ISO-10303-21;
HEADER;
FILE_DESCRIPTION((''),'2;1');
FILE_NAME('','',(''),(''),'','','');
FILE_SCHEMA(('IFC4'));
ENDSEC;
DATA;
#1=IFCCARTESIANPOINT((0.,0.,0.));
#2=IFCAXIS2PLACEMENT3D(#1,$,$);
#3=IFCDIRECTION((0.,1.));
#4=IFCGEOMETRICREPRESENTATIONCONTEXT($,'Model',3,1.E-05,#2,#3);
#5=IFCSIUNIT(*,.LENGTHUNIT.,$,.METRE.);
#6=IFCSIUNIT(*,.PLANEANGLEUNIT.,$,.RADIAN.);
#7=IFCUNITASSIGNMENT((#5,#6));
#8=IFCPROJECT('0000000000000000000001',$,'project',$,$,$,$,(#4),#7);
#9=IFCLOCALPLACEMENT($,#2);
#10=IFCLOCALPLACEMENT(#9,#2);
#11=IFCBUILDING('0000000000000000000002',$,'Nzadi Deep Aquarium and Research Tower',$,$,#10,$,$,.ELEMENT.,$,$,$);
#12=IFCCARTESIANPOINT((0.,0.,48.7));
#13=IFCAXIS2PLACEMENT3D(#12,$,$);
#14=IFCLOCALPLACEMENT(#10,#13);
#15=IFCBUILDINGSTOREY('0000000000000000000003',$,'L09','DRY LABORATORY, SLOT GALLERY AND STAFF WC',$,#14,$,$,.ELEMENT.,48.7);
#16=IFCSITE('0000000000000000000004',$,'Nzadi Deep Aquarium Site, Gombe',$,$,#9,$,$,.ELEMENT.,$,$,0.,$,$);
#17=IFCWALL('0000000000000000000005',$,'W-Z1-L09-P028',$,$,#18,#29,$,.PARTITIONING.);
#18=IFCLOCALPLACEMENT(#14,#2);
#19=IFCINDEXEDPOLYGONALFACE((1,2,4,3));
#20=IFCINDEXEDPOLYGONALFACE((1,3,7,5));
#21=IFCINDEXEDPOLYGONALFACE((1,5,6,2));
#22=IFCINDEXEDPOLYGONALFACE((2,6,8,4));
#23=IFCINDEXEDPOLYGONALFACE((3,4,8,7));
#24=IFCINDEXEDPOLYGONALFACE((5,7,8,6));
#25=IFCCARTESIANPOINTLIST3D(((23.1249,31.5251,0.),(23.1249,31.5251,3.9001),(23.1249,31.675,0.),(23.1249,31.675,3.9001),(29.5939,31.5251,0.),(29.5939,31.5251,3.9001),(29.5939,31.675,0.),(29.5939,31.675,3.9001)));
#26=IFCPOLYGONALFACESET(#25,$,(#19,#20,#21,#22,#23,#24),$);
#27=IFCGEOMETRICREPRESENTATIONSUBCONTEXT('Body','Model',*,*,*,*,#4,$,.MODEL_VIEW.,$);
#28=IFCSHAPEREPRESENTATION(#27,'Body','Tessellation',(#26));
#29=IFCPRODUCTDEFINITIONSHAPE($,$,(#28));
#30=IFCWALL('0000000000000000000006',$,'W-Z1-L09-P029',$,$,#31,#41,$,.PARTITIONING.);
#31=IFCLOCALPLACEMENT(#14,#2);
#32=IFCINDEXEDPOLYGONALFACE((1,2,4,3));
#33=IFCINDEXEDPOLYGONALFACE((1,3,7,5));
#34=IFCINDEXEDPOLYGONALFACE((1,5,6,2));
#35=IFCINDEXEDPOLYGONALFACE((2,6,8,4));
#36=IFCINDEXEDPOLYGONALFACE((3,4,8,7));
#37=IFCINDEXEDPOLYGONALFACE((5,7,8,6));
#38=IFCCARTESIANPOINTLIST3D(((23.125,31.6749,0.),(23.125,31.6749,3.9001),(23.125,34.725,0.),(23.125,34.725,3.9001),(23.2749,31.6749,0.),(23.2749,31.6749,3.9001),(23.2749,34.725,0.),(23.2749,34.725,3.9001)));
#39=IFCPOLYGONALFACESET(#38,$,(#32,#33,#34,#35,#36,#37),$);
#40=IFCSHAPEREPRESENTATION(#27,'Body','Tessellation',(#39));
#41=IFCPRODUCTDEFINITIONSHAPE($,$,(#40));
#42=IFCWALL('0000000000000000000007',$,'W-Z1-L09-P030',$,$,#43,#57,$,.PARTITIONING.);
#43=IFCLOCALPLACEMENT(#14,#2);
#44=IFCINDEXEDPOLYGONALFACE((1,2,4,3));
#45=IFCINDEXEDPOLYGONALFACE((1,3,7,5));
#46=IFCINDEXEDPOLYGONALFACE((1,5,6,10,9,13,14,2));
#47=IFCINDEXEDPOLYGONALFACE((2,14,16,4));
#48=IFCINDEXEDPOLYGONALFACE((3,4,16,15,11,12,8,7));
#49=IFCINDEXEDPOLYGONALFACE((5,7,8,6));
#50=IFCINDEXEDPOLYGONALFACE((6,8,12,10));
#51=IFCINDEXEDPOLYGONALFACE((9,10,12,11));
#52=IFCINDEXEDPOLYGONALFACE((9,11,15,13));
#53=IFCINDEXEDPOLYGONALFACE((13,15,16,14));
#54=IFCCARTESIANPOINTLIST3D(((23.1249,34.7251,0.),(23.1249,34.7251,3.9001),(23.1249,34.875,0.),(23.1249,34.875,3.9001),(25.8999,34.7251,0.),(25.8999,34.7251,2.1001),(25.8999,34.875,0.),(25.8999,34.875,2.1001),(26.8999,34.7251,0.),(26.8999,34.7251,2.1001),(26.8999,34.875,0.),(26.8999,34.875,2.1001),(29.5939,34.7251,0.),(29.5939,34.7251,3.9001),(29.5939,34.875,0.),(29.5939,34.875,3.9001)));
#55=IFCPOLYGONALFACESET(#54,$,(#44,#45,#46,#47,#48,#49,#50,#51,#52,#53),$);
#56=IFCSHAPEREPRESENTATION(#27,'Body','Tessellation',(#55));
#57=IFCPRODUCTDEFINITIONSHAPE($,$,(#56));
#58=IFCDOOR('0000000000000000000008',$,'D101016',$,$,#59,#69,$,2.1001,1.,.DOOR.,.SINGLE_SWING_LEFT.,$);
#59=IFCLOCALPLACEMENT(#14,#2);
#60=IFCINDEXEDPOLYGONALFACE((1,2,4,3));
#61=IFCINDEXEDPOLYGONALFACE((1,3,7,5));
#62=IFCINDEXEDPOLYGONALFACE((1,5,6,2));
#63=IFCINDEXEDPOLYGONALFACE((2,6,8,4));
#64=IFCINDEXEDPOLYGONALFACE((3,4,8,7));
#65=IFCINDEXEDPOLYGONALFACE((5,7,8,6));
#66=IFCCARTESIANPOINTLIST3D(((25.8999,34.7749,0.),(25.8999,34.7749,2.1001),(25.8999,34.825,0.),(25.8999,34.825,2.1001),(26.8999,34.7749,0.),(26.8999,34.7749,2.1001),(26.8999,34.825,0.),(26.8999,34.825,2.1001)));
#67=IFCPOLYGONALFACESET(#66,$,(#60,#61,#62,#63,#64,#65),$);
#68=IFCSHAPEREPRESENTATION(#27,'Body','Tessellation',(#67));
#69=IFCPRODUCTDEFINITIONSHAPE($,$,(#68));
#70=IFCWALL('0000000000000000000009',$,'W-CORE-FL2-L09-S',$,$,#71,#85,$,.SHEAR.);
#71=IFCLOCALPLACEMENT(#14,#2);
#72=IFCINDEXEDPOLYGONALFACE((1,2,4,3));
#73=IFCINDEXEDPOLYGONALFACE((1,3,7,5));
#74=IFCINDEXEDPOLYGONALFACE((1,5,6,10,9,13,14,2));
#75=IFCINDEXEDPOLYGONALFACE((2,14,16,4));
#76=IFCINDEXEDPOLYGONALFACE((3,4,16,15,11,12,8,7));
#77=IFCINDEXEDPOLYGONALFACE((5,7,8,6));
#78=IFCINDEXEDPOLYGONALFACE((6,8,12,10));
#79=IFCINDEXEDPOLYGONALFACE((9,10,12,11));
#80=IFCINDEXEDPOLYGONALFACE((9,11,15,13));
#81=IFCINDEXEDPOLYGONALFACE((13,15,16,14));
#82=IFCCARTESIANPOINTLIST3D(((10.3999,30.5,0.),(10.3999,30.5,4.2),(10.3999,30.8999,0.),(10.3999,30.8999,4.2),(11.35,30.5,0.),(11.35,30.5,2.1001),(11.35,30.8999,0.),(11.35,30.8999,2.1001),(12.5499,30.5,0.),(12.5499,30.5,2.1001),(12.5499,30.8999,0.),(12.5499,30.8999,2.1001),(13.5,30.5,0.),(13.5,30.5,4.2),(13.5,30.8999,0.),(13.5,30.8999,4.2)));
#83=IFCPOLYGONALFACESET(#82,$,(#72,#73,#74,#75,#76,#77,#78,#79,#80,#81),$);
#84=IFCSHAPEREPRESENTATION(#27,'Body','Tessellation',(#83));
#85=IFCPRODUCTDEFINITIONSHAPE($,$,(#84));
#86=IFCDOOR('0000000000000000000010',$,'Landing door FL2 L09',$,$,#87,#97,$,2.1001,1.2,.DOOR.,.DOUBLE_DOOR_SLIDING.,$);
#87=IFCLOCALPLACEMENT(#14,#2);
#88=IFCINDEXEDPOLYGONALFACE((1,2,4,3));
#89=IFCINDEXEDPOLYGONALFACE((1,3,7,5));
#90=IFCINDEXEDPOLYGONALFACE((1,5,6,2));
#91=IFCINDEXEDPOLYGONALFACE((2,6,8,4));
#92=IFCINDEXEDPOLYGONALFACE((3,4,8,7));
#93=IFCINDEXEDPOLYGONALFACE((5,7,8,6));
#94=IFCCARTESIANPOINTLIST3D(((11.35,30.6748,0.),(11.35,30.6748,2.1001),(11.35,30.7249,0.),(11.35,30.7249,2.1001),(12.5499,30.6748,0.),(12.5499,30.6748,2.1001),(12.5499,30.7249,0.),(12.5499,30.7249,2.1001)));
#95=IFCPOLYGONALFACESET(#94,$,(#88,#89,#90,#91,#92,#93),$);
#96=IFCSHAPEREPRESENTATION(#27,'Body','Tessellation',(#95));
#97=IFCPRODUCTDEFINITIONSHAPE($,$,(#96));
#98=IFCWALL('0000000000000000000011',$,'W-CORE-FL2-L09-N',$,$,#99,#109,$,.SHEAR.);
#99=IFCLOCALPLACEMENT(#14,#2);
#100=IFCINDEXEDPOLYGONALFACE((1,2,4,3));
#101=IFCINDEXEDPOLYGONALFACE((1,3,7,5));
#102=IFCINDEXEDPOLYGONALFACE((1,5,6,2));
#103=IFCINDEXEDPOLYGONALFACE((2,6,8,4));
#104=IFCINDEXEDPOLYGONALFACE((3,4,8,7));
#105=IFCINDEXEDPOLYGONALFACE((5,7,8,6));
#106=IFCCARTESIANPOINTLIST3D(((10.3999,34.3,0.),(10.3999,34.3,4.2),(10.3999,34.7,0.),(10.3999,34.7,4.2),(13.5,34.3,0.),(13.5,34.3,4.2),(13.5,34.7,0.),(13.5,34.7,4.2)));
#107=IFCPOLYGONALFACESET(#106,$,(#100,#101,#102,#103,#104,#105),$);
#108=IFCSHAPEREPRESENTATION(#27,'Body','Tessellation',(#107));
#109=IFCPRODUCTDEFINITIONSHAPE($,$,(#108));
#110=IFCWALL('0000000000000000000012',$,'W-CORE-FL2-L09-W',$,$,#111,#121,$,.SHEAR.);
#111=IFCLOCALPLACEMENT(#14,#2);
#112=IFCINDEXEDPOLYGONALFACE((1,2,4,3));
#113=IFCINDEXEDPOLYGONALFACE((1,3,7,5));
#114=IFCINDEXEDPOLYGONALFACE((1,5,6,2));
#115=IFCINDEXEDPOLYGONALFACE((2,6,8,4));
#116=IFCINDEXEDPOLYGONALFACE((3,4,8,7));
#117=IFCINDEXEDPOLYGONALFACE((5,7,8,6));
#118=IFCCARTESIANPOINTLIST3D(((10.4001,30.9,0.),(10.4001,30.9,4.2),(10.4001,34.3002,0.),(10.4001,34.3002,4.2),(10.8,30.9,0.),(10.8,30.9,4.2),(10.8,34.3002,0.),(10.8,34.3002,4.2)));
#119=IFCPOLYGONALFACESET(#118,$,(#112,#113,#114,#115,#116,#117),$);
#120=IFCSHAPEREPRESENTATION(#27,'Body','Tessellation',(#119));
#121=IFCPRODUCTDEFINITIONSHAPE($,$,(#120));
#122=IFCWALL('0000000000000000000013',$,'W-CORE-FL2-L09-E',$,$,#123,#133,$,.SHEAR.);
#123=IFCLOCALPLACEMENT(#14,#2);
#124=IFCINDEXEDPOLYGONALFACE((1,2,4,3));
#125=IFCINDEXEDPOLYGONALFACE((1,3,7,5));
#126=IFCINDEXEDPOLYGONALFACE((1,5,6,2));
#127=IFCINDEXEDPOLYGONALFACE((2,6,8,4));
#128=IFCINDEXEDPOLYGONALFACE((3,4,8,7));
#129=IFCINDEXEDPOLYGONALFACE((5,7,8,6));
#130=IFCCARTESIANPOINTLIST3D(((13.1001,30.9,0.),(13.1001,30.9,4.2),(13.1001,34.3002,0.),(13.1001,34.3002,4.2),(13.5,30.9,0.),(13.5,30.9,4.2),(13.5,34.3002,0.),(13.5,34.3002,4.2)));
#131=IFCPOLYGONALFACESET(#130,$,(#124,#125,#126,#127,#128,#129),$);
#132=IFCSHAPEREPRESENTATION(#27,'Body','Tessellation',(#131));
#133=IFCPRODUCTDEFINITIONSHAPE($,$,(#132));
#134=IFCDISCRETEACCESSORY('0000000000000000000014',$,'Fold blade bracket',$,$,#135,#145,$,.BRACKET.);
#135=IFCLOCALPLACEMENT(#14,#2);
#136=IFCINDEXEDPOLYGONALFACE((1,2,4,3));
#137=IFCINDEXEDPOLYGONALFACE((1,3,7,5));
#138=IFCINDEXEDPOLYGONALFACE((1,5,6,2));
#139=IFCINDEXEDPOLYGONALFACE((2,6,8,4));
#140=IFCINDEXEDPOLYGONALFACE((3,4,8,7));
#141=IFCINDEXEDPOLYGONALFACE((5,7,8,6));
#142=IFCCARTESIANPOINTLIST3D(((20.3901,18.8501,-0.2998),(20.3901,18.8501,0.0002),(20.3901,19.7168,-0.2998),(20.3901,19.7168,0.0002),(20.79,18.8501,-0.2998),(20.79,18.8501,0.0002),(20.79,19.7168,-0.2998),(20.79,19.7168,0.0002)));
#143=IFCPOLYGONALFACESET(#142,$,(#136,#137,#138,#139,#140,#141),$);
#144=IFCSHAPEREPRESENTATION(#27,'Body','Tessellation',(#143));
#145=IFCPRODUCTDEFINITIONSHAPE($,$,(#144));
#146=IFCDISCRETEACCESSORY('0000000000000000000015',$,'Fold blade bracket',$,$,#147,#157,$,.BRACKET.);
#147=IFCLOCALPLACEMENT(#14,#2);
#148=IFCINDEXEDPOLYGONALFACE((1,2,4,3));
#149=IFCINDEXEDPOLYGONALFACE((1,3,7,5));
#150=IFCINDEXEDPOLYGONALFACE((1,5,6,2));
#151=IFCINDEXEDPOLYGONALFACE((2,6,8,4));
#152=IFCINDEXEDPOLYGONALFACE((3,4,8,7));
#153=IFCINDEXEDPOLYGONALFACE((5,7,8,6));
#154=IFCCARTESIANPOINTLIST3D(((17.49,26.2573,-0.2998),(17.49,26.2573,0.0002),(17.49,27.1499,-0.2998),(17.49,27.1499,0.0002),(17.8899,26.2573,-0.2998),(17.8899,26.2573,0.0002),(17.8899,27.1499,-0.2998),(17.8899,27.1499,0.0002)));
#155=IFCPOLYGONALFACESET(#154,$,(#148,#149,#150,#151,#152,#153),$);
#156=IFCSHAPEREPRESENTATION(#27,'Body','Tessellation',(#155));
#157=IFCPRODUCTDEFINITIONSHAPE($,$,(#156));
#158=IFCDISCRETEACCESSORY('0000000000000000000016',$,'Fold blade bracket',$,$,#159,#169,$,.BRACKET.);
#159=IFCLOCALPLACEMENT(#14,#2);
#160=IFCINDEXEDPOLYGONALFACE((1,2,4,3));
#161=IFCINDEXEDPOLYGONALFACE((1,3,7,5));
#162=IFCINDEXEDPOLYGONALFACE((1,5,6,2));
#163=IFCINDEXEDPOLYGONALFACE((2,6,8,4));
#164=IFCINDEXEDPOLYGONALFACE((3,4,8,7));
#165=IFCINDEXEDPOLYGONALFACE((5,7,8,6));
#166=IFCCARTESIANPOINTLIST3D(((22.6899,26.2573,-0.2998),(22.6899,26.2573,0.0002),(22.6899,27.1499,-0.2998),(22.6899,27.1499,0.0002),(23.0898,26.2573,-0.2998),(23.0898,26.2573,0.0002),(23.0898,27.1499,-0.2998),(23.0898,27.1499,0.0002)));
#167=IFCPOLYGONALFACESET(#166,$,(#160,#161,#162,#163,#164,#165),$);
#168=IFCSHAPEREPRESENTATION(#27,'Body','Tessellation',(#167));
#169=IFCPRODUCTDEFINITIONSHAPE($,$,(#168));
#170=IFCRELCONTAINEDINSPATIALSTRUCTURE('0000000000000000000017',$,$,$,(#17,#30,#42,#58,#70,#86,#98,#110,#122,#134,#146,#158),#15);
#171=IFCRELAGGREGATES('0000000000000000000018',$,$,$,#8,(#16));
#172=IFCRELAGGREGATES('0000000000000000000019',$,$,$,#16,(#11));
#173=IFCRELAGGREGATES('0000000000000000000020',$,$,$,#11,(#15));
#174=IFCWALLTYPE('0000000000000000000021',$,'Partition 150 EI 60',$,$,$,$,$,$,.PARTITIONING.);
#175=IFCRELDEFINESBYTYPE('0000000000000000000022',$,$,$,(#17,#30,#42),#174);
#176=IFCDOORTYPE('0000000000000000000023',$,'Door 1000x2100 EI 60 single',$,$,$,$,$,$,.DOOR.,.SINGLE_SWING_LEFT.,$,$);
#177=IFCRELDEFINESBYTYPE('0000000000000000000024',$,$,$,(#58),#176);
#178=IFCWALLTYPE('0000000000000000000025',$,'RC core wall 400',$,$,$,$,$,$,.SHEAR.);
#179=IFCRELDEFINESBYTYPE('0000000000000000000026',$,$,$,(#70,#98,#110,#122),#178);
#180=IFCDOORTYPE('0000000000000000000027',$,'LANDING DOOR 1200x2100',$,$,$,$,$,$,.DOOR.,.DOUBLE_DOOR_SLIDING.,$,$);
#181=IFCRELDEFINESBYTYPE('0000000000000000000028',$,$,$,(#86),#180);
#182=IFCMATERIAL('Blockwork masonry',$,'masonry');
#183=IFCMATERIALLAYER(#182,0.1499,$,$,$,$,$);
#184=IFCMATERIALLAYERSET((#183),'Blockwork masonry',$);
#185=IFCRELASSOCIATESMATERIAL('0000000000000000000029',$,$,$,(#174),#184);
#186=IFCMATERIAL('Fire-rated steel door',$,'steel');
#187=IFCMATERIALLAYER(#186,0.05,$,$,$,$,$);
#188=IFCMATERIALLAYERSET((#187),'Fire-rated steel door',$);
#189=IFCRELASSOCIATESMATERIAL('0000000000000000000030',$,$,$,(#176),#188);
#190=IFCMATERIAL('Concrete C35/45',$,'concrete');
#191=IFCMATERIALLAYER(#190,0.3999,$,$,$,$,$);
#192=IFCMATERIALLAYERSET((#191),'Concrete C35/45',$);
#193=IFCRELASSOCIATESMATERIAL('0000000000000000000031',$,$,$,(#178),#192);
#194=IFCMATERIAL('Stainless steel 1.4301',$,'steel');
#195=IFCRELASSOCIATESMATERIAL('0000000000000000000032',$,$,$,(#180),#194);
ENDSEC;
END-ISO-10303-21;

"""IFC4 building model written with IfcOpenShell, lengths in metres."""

from ifc_helpers import new_model, si_unit, direction, frame, frame_2d, origin, origin_2d, place, context, subcontext, project, spatial, rectangle, extrude, material, layer, layer_set, type_object, element, fill, save


model = new_model("IFC4")

# Units and contexts
model_context = context("Model", 3, precision=1e-05, world=origin(), true_north=direction((0.0, 1.0)))
body_context = subcontext(model_context, "Body", "Model", "MODEL_VIEW")
ifc_project = project(units=[si_unit("LENGTHUNIT", "METRE"), si_unit("PLANEANGLEUNIT", "RADIAN")], contexts=[model_context])

# Site, building, storey
site_placement = place(None, origin())
site = spatial("IfcSite", under=ifc_project, at=site_placement, Name="Nzadi Deep Aquarium Site, Gombe", CompositionType="ELEMENT", RefElevation=0.0)
building_placement = place(site_placement, origin())
building = spatial("IfcBuilding", under=site, at=building_placement, Name="Nzadi Deep Aquarium and Research Tower", CompositionType="ELEMENT")
storey_placement = place(building_placement, frame((0.0, 0.0, 48.7)))
storey = spatial("IfcBuildingStorey", under=building, at=storey_placement, Name="L09", Description="DRY LABORATORY, SLOT GALLERY AND STAFF WC", CompositionType="ELEMENT", Elevation=48.7)

# Shared definitions
ifc_material_1 = material(Name="Blockwork masonry", Category="masonry")
ifc_layer_1 = layer(ifc_material_1, 0.1499)
ifc_layer_set_1 = layer_set([ifc_layer_1], Name="Blockwork masonry")
wall_type_1 = type_object("IfcWallType", Name="Partition 150 EI 60", PredefinedType="PARTITIONING", material=ifc_layer_set_1)

# Walls
wall_1_placement = place(storey_placement, frame((23.125, 31.6001, 0.0), z_axis=(0.0, 0.0, 1.0), x_axis=(1.0, 0.0, 0.0)))
element("IfcWall", 1, at=wall_1_placement, inside=storey, type_object=wall_type_1, Name="W-Z1-L09-P028", PredefinedType="PARTITIONING", context=body_context, shape_type="SweptSolid", body=[
    extrude(rectangle(XDim=6.469, YDim=0.1499, at=frame_2d((3.2344, 0.0))), origin(), (0.0, 0.0, 1.0), 3.9001),
])
wall_2_placement = place(storey_placement, frame((23.2, 31.675, 0.0), z_axis=(0.0, 0.0, 1.0), x_axis=(0.0, 1.0, 0.0)))
element("IfcWall", 2, at=wall_2_placement, inside=storey, type_object=wall_type_1, Name="W-Z1-L09-P029", PredefinedType="PARTITIONING", context=body_context, shape_type="SweptSolid", body=[
    extrude(rectangle(XDim=3.05, YDim=0.1499, at=frame_2d((1.5249, 0.0))), origin(), (0.0, 0.0, 1.0), 3.9001),
])

# Walls, openings, doors
wall_3_placement = place(storey_placement, frame((23.125, 34.8, 0.0), z_axis=(0.0, 0.0, 1.0), x_axis=(1.0, 0.0, 0.0)))
wall_3 = element("IfcWall", 3, at=wall_3_placement, inside=storey, type_object=wall_type_1, Name="W-Z1-L09-P030", PredefinedType="PARTITIONING", context=body_context, shape_type="SweptSolid", body=[
    extrude(rectangle(XDim=6.469, YDim=0.1499, at=frame_2d((3.2344, 0.0))), origin(), (0.0, 0.0, 1.0), 3.9001),
])
opening_1_placement = place(wall_3_placement, frame((2.7749, 0.0, 0.0)))
opening_1 = element("IfcOpeningElement", 4, at=opening_1_placement, cuts=wall_3, PredefinedType="OPENING", context=body_context, shape_type="SweptSolid", body=[
    extrude(rectangle(XDim=1.0, YDim=2.1001, at=frame_2d((0.5, 1.05))), frame((0.0, 0.085, 0.0), z_axis=(0.0, -1.0, 0.0), x_axis=(1.0, 0.0, 0.0)), (0.0, 0.0, 1.0), 0.1699),
])
ifc_material_2 = material(Name="Fire-rated steel door", Category="steel")
ifc_layer_2 = layer(ifc_material_2, 0.05)
ifc_layer_set_2 = layer_set([ifc_layer_2], Name="Fire-rated steel door")
door_type_1 = type_object("IfcDoorType", Name="Door 1000x2100 EI 60 single", OperationType="SINGLE_SWING_LEFT", PredefinedType="DOOR", material=ifc_layer_set_2)
door_1_placement = place(opening_1_placement, origin())
door_1 = element("IfcDoor", 5, at=door_1_placement, inside=storey, type_object=door_type_1, Name="D101016", OperationType="SINGLE_SWING_LEFT", OverallHeight=2.1001, OverallWidth=1.0, PredefinedType="DOOR", context=body_context, shape_type="SweptSolid", body=[
    extrude(rectangle(XDim=1.0, YDim=2.1001, at=frame_2d((0.5, 1.05))), frame((0.0, 0.0249, 0.0), z_axis=(0.0, -1.0, 0.0), x_axis=(1.0, 0.0, 0.0)), (0.0, 0.0, 1.0), 0.05),
])
fill(opening_1, door_1)
ifc_material_3 = material(Name="Concrete C35/45", Category="concrete")
ifc_layer_3 = layer(ifc_material_3, 0.3999)
ifc_layer_set_3 = layer_set([ifc_layer_3], Name="Concrete C35/45")
wall_type_2 = type_object("IfcWallType", Name="RC core wall 400", PredefinedType="SHEAR", material=ifc_layer_set_3)
wall_4_placement = place(storey_placement, frame((10.3999, 30.7, 0.0), z_axis=(0.0, 0.0, 1.0), x_axis=(1.0, 0.0, 0.0)))
wall_4 = element("IfcWall", 6, at=wall_4_placement, inside=storey, type_object=wall_type_2, Name="W-CORE-FL2-L09-S", PredefinedType="SHEAR", context=body_context, shape_type="SweptSolid", body=[
    extrude(rectangle(XDim=3.1001, YDim=0.3999, at=frame_2d((1.55, 0.0))), origin(), (0.0, 0.0, 1.0), 4.2),
])
opening_2_placement = place(wall_4_placement, frame((0.95, 0.0, 0.0)))
opening_2 = element("IfcOpeningElement", 7, at=opening_2_placement, cuts=wall_4, PredefinedType="OPENING", context=body_context, shape_type="SweptSolid", body=[
    extrude(rectangle(XDim=1.2, YDim=2.1001, at=frame_2d((0.6001, 1.05))), frame((0.0, 0.21, 0.0), z_axis=(0.0, -1.0, 0.0), x_axis=(1.0, 0.0, 0.0)), (0.0, 0.0, 1.0), 0.4199),
])
ifc_material_4 = material(Name="Stainless steel 1.4301", Category="steel")
door_type_2 = type_object("IfcDoorType", Name="LANDING DOOR 1200x2100", OperationType="DOUBLE_DOOR_SLIDING", PredefinedType="DOOR", material=ifc_material_4)
door_2_placement = place(opening_2_placement, origin())
door_2 = element("IfcDoor", 8, at=door_2_placement, inside=storey, type_object=door_type_2, Name="Landing door FL2 L09", OperationType="DOUBLE_DOOR_SLIDING", OverallHeight=2.1001, OverallWidth=1.2, PredefinedType="DOOR", context=body_context, shape_type="SweptSolid", body=[
    extrude(rectangle(XDim=1.2, YDim=2.1001, at=frame_2d((0.6001, 1.05))), frame((0.0, 0.0249, 0.0), z_axis=(0.0, -1.0, 0.0), x_axis=(1.0, 0.0, 0.0)), (0.0, 0.0, 1.0), 0.05),
])
fill(opening_2, door_2)

# Walls
wall_5_placement = place(storey_placement, frame((10.3999, 34.5, 0.0), z_axis=(0.0, 0.0, 1.0), x_axis=(1.0, 0.0, 0.0)))
element("IfcWall", 9, at=wall_5_placement, inside=storey, type_object=wall_type_2, Name="W-CORE-FL2-L09-N", PredefinedType="SHEAR", context=body_context, shape_type="SweptSolid", body=[
    extrude(rectangle(XDim=3.1001, YDim=0.3999, at=frame_2d((1.55, 0.0))), origin(), (0.0, 0.0, 1.0), 4.2),
])
for number, where, z_axis, x_axis, name in (
    (10, (10.6001, 30.8999, 0.0), (0.0, 0.0, 1.0), (0.0, 1.0, 0.0), "W-CORE-FL2-L09-W"),
    (11, (13.3, 30.8999, 0.0), (0.0, 0.0, 1.0), (0.0, 1.0, 0.0), "W-CORE-FL2-L09-E"),
):
    element("IfcWall", number, at=place(storey_placement, frame(where, z_axis=z_axis, x_axis=x_axis)), inside=storey, type_object=wall_type_2, Name=name, PredefinedType="SHEAR", context=body_context, shape_type="SweptSolid", body=[
        extrude(rectangle(XDim=3.4001, YDim=0.3999, at=frame_2d((1.7002, 0.0))), origin(), (0.0, 0.0, 1.0), 4.2),
    ])

# Discrete accessories
discrete_accessory_placement = place(storey_placement, frame((20.5901, 19.2834, -0.2998), z_axis=(0.0, 0.0, 1.0), x_axis=(1.0, 0.0, 0.0)))
element("IfcDiscreteAccessory", 12, at=discrete_accessory_placement, inside=storey, Name="Fold blade bracket", PredefinedType="BRACKET", context=body_context, shape_type="SweptSolid", body=[
    extrude(rectangle(XDim=0.3999, YDim=0.8667, at=origin_2d()), origin(), (0.0, 0.0, 1.0), 0.3),
])
for number, where, z_axis, x_axis, name in (
    (13, (17.6899, 26.7036, -0.2998), (0.0, 0.0, 1.0), (1.0, 0.0, 0.0), "Fold blade bracket"),
    (14, (22.8899, 26.7036, -0.2998), (0.0, 0.0, 1.0), (1.0, 0.0, 0.0), "Fold blade bracket"),
):
    element("IfcDiscreteAccessory", number, at=place(storey_placement, frame(where, z_axis=z_axis, x_axis=x_axis)), inside=storey, Name=name, PredefinedType="BRACKET", context=body_context, shape_type="SweptSolid", body=[
        extrude(rectangle(XDim=0.3999, YDim=0.8926, at=origin_2d()), origin(), (0.0, 0.0, 1.0), 0.3),
    ])

save(model, "model.ifc")
